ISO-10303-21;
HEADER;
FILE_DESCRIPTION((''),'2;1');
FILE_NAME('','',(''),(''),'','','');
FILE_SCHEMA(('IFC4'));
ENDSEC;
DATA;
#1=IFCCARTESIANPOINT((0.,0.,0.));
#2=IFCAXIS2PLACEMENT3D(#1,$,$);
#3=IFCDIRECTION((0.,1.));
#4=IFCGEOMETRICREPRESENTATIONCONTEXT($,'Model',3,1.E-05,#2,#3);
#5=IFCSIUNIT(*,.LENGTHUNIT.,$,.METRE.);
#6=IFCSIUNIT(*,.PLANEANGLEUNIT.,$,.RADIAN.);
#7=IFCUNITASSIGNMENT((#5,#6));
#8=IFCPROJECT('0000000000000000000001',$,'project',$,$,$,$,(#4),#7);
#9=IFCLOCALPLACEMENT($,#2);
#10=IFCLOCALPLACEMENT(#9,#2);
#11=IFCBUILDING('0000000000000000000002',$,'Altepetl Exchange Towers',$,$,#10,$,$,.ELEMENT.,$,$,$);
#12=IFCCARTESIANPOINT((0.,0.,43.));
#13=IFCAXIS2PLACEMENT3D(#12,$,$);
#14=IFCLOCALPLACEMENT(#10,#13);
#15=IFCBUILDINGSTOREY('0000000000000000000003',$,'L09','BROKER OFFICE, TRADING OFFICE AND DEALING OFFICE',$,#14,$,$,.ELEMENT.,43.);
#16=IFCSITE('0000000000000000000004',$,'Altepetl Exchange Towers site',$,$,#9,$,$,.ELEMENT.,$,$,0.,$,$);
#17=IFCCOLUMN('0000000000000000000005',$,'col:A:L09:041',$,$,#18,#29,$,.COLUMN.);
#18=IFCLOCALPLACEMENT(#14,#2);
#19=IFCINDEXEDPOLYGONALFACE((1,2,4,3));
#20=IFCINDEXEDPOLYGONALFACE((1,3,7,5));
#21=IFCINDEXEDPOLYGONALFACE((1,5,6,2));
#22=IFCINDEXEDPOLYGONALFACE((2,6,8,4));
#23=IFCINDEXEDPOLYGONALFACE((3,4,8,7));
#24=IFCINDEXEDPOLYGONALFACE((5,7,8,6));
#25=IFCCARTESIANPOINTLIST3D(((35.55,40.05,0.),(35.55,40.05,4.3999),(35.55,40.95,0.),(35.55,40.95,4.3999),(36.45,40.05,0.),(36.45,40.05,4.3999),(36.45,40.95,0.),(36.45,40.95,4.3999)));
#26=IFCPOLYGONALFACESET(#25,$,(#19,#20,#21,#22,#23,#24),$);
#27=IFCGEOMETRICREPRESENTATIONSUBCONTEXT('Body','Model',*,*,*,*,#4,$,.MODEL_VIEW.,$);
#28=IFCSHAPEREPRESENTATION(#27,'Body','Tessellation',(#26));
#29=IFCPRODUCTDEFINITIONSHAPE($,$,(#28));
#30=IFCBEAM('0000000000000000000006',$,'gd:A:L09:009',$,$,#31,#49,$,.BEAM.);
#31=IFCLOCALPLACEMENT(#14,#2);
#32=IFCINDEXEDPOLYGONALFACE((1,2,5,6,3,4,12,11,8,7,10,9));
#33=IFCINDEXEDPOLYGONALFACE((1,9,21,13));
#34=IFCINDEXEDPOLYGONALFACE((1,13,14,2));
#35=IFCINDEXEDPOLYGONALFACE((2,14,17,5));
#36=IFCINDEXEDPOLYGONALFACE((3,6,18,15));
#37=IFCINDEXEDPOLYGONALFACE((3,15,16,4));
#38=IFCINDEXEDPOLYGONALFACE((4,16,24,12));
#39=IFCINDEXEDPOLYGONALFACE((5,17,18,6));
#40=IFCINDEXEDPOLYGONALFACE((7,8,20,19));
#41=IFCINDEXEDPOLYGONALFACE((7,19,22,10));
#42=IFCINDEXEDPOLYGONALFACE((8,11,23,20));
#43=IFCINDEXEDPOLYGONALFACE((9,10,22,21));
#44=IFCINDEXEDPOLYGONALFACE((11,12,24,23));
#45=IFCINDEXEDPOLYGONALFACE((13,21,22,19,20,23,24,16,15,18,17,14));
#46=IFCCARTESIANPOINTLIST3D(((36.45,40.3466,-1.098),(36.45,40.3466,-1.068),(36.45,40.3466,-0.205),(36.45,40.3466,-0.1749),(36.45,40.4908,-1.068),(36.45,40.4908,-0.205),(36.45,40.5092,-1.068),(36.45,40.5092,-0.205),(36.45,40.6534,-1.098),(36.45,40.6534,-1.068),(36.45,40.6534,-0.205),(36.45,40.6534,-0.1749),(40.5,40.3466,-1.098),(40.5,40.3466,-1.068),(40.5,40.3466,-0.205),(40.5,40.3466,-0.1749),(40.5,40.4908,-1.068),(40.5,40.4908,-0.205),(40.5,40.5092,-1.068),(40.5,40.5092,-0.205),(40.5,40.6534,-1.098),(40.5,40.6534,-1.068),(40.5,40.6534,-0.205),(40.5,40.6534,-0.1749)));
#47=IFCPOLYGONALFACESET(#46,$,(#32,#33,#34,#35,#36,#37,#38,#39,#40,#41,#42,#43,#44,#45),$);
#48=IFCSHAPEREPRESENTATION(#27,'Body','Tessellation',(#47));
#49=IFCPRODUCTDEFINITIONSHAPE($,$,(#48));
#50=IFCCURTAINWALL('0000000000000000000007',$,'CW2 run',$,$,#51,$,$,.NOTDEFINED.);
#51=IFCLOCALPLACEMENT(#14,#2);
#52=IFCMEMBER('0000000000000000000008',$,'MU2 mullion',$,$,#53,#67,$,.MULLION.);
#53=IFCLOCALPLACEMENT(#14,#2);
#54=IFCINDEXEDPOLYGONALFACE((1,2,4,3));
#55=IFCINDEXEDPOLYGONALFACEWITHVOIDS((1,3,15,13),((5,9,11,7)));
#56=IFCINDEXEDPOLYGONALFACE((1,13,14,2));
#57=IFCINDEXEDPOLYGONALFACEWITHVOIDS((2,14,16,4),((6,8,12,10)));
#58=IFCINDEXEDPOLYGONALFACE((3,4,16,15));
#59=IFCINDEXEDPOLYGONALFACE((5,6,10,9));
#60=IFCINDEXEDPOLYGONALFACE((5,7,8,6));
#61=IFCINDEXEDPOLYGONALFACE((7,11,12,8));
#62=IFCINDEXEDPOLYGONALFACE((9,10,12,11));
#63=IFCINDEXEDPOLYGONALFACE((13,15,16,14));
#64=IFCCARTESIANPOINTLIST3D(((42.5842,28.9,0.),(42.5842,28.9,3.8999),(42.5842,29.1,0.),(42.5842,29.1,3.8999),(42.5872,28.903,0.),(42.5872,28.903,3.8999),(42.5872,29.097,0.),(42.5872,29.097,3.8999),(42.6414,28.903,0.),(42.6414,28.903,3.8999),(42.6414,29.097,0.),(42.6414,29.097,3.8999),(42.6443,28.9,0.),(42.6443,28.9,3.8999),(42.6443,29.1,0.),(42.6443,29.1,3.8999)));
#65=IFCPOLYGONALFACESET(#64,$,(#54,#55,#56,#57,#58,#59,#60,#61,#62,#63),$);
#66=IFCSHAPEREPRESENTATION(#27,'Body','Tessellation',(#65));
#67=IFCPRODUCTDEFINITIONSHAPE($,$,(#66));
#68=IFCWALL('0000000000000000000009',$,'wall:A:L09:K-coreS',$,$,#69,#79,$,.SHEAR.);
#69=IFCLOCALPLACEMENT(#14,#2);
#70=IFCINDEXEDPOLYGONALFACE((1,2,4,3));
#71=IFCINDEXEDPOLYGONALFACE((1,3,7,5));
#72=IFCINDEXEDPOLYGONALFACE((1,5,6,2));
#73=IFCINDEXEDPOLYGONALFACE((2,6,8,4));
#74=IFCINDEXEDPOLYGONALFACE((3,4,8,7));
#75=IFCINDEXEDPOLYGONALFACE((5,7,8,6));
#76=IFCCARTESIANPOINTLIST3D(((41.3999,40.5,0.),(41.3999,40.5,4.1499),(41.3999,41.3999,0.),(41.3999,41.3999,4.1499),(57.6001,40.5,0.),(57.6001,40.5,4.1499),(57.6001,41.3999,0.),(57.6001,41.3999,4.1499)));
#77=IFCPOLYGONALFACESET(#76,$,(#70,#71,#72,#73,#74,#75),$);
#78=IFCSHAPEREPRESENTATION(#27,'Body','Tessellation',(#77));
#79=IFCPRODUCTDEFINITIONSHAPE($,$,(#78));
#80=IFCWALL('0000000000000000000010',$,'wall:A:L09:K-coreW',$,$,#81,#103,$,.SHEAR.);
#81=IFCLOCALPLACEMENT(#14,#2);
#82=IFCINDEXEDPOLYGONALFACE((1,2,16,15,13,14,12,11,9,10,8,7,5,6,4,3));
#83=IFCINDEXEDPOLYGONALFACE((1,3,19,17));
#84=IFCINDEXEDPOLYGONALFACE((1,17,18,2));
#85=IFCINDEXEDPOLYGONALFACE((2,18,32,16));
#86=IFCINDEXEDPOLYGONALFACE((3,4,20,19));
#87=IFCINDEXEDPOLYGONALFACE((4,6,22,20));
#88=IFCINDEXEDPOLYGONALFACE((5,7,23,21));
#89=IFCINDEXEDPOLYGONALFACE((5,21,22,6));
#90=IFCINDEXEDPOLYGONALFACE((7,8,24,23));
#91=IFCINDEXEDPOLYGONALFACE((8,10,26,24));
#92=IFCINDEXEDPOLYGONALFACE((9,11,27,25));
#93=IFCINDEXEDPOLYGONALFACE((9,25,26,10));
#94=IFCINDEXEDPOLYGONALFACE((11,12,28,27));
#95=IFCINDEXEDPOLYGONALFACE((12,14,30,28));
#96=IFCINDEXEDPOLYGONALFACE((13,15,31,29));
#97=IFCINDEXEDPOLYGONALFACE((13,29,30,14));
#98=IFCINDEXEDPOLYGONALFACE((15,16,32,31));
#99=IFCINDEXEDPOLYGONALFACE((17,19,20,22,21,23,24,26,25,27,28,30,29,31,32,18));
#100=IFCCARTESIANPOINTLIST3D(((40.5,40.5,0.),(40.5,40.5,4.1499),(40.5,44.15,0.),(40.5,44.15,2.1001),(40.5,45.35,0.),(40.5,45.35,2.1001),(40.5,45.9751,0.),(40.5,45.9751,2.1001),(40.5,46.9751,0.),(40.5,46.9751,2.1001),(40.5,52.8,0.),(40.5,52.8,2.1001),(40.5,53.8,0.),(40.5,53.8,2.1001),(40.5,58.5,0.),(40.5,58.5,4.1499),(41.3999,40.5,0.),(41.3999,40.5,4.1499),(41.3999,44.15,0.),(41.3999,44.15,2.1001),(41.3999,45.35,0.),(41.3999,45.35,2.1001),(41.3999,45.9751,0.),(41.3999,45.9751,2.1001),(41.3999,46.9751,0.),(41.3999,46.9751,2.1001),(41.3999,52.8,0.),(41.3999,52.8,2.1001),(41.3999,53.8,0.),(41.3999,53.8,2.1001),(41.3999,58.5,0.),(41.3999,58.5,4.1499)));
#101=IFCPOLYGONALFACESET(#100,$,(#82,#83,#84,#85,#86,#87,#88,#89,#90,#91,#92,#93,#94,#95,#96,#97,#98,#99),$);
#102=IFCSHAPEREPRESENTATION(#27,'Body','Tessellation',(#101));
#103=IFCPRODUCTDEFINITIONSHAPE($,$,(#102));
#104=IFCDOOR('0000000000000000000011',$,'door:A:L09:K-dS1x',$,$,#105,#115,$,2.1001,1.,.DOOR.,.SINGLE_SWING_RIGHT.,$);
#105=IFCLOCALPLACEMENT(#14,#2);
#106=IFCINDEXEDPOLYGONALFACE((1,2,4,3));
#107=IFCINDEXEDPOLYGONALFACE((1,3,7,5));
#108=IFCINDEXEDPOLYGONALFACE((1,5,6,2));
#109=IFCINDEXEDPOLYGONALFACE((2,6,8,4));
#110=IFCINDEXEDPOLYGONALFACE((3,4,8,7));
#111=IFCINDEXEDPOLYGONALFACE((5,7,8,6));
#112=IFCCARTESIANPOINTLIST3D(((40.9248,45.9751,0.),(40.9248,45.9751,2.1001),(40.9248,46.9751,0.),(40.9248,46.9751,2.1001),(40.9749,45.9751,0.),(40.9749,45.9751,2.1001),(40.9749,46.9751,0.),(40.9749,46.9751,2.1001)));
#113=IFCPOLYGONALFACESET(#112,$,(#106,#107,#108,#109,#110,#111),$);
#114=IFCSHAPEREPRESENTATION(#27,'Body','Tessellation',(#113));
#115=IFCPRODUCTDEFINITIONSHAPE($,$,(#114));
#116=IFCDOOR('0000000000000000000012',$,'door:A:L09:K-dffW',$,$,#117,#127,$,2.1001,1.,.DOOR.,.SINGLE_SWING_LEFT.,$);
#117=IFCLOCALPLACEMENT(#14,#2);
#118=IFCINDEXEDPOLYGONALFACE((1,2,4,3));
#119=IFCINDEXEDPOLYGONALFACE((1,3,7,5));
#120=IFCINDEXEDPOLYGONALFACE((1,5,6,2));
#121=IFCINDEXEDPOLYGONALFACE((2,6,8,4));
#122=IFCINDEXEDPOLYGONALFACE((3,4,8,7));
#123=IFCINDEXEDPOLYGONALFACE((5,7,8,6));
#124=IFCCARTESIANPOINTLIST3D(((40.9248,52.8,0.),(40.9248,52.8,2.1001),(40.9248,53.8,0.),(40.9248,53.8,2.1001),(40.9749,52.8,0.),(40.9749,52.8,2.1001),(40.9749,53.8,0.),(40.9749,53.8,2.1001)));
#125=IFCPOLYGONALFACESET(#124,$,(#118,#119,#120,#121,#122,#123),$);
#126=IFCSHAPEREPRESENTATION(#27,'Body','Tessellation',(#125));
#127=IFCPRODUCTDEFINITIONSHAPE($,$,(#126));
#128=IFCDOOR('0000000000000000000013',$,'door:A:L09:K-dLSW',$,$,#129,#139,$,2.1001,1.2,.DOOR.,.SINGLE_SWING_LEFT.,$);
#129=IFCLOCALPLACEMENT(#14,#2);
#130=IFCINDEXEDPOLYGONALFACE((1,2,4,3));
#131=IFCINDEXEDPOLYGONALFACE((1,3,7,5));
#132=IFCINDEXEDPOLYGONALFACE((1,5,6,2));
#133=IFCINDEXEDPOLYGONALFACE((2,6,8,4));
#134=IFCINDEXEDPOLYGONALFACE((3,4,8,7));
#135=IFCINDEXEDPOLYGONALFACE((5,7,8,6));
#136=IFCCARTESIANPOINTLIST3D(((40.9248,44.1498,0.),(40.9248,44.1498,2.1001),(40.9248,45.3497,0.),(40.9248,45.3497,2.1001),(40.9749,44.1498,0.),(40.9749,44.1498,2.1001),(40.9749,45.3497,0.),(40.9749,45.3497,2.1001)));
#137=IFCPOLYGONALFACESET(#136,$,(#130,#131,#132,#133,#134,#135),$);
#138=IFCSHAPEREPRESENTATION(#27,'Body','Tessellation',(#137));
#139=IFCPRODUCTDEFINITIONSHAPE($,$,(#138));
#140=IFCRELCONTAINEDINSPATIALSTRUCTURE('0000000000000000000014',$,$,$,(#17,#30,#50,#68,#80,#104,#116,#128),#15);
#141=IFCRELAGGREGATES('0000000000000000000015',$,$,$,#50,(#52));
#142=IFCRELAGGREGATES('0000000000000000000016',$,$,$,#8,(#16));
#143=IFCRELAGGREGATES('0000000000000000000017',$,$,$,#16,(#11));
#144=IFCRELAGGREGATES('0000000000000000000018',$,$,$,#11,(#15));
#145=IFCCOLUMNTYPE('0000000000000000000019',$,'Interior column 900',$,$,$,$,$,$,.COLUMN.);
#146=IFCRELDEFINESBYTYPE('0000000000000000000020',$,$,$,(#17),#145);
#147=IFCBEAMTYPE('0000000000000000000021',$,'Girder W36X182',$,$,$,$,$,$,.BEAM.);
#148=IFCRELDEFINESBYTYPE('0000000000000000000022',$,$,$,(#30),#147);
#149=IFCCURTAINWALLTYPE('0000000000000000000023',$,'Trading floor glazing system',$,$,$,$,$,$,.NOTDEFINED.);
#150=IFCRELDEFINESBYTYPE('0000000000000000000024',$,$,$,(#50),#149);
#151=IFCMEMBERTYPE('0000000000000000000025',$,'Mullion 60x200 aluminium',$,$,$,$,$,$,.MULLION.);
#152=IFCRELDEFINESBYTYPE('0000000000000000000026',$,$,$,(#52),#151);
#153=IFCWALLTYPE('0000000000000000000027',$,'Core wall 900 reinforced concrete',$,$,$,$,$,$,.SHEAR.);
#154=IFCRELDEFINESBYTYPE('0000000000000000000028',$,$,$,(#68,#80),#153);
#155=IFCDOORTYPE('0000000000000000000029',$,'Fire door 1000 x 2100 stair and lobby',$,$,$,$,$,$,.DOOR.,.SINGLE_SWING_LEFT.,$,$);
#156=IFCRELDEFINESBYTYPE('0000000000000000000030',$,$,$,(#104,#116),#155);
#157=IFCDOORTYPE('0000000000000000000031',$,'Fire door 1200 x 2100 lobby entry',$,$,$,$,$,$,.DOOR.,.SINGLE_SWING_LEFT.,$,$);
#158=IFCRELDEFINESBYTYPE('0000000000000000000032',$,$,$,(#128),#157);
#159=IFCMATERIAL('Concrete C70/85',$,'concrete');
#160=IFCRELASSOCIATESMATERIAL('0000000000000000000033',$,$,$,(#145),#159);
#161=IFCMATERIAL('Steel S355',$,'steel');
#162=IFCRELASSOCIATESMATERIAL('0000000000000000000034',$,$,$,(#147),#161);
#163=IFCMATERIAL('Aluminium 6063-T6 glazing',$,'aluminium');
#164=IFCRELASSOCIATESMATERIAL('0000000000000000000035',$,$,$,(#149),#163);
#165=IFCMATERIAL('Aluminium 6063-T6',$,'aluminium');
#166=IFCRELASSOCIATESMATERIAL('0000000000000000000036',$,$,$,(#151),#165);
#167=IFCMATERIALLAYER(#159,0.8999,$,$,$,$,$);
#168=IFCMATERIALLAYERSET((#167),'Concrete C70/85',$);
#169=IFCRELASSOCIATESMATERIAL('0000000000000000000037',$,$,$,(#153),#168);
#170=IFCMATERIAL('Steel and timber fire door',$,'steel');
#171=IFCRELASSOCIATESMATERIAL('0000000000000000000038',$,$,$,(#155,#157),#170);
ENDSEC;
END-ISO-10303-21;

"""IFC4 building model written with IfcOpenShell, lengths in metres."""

from ifc_helpers import new_model, si_unit, direction, frame, frame_2d, origin, origin_2d, place, context, subcontext, project, spatial, rectangle, hollow_rectangle, i_section, extrude, material, layer, layer_set, material_profile, profile_set, type_object, element, fill, aggregate, save


model = new_model("IFC4")

# Units and contexts
model_context = context("Model", 3, precision=1e-05, world=origin(), true_north=direction((0.0, 1.0)))
body_context = subcontext(model_context, "Body", "Model", "MODEL_VIEW")
ifc_project = project(units=[si_unit("LENGTHUNIT", "METRE"), si_unit("PLANEANGLEUNIT", "RADIAN")], contexts=[model_context])

# Site, building, storey
site_placement = place(None, origin())
site = spatial("IfcSite", under=ifc_project, at=site_placement, Name="Altepetl Exchange Towers site", CompositionType="ELEMENT", RefElevation=0.0)
building_placement = place(site_placement, origin())
building = spatial("IfcBuilding", under=site, at=building_placement, Name="Altepetl Exchange Towers", CompositionType="ELEMENT")
storey_placement = place(building_placement, frame((0.0, 0.0, 43.0)))
storey = spatial("IfcBuildingStorey", under=building, at=storey_placement, Name="L09", Description="BROKER OFFICE, TRADING OFFICE AND DEALING OFFICE", CompositionType="ELEMENT", Elevation=43.0)

# Column
ifc_material_1 = material(Name="Concrete C70/85", Category="concrete")
ifc_material_profile_1 = material_profile(ifc_material_1, rectangle(XDim=0.8999, YDim=0.8999, at=origin_2d()), Name="900 x 900")
ifc_profile_set_1 = profile_set([ifc_material_profile_1], Name="Concrete C70/85")
column_type = type_object("IfcColumnType", Name="Interior column 900", PredefinedType="COLUMN", material=ifc_profile_set_1)
column_placement = place(storey_placement, frame((36.0, 40.5, 0.0)))
element("IfcColumn", 1, at=column_placement, inside=storey, type_object=column_type, Name="col:A:L09:041", PredefinedType="COLUMN", context=body_context, shape_type="SweptSolid", body=[
    extrude(rectangle(XDim=0.8999, YDim=0.8999, at=origin_2d()), origin(), (0.0, 0.0, 1.0), 4.3999),
])

# Beam
ifc_material_2 = material(Name="Steel S355", Category="steel")
ifc_material_profile_2 = material_profile(ifc_material_2, i_section(OverallWidth=0.3069, OverallDepth=0.9231, WebThickness=0.0183, FlangeThickness=0.03, at=origin_2d()), Name="W36X182")
ifc_profile_set_2 = profile_set([ifc_material_profile_2], Name="Steel S355")
beam_type = type_object("IfcBeamType", Name="Girder W36X182", PredefinedType="BEAM", material=ifc_profile_set_2)
beam_placement = place(storey_placement, frame((40.5, 40.5, -0.6365), z_axis=(-1.0, 0.0, 0.0), x_axis=(0.0, -1.0, 0.0)))
element("IfcBeam", 2, at=beam_placement, inside=storey, type_object=beam_type, Name="gd:A:L09:009", PredefinedType="BEAM", context=body_context, shape_type="SweptSolid", body=[
    extrude(i_section(OverallWidth=0.3069, OverallDepth=0.9231, WebThickness=0.0183, FlangeThickness=0.03, at=origin_2d()), origin(), (0.0, 0.0, 1.0), 4.05),
])

# Curtain wall, member
ifc_material_3 = material(Name="Aluminium 6063-T6 glazing", Category="aluminium")
curtain_wall_type = type_object("IfcCurtainWallType", Name="Trading floor glazing system", PredefinedType="NOTDEFINED", material=ifc_material_3)
curtain_wall_placement = place(storey_placement, origin())
curtain_wall = element("IfcCurtainWall", 3, at=curtain_wall_placement, inside=storey, type_object=curtain_wall_type, Name="CW2 run", PredefinedType="NOTDEFINED")
ifc_material_4 = material(Name="Aluminium 6063-T6", Category="aluminium")
ifc_material_profile_3 = material_profile(ifc_material_4, hollow_rectangle(XDim=0.0601, YDim=0.2, WallThickness=0.0029, at=origin_2d()), Name="Mullion 60x200 aluminium")
ifc_profile_set_3 = profile_set([ifc_material_profile_3], Name="Aluminium 6063-T6")
member_type = type_object("IfcMemberType", Name="Mullion 60x200 aluminium", PredefinedType="MULLION", material=ifc_profile_set_3)
member_placement = place(storey_placement, frame((42.6143, 29.0, 0.0)))
member = element("IfcMember", 4, at=member_placement, type_object=member_type, Name="MU2 mullion", PredefinedType="MULLION", context=body_context, shape_type="SweptSolid", body=[
    extrude(hollow_rectangle(XDim=0.0601, YDim=0.2, WallThickness=0.0029, at=origin_2d()), origin(), (0.0, 0.0, 1.0), 3.8999),
])
aggregate(curtain_wall, [member])

# Wall
ifc_layer_1 = layer(ifc_material_1, 0.8999)
ifc_layer_set_1 = layer_set([ifc_layer_1], Name="Concrete C70/85")
wall_type_1 = type_object("IfcWallType", Name="Core wall 900 reinforced concrete", PredefinedType="SHEAR", material=ifc_layer_set_1)
wall_1_placement = place(storey_placement, frame((41.3999, 40.95, 0.0)))
element("IfcWall", 5, at=wall_1_placement, inside=storey, type_object=wall_type_1, Name="wall:A:L09:K-coreS", PredefinedType="SHEAR", context=body_context, shape_type="SweptSolid", body=[
    extrude(rectangle(XDim=16.2002, YDim=0.8999, at=frame_2d((8.1001, 0.0))), origin(), (0.0, 0.0, 1.0), 4.1499),
])

# Wall, openings, doors
wall_2_placement = place(storey_placement, frame((40.95, 40.5, 0.0), z_axis=(0.0, 0.0, 1.0), x_axis=(0.0, 1.0, 0.0)))
wall_2 = element("IfcWall", 6, at=wall_2_placement, inside=storey, type_object=wall_type_1, Name="wall:A:L09:K-coreW", PredefinedType="SHEAR", context=body_context, shape_type="SweptSolid", body=[
    extrude(rectangle(XDim=18.0, YDim=0.8999, at=frame_2d((9.0, 0.0))), origin(), (0.0, 0.0, 1.0), 4.1499),
])
opening_1_placement = place(wall_2_placement, frame((3.6499, 0.0, 0.0)))
opening_1 = element("IfcOpeningElement", 7, at=opening_1_placement, cuts=wall_2, PredefinedType="OPENING", context=body_context, shape_type="SweptSolid", body=[
    extrude(rectangle(XDim=1.2, YDim=2.1001, at=frame_2d((0.6001, 1.05))), frame((0.0, 0.46, 0.0), z_axis=(0.0, -1.0, 0.0), x_axis=(1.0, 0.0, 0.0)), (0.0, 0.0, 1.0), 0.9199),
])
opening_2_placement = place(wall_2_placement, frame((5.4751, 0.0, 0.0)))
opening_2 = element("IfcOpeningElement", 8, at=opening_2_placement, cuts=wall_2, PredefinedType="OPENING", context=body_context, shape_type="SweptSolid", body=[
    extrude(rectangle(XDim=1.0, YDim=2.1001, at=frame_2d((0.5, 1.05))), frame((0.0, 0.46, 0.0), z_axis=(0.0, -1.0, 0.0), x_axis=(1.0, 0.0, 0.0)), (0.0, 0.0, 1.0), 0.9199),
])
opening_3_placement = place(wall_2_placement, frame((12.3, 0.0, 0.0)))
opening_3 = element("IfcOpeningElement", 9, at=opening_3_placement, cuts=wall_2, PredefinedType="OPENING", context=body_context, shape_type="SweptSolid", body=[
    extrude(rectangle(XDim=1.0, YDim=2.1001, at=frame_2d((0.5, 1.05))), frame((0.0, 0.46, 0.0), z_axis=(0.0, -1.0, 0.0), x_axis=(1.0, 0.0, 0.0)), (0.0, 0.0, 1.0), 0.9199),
])
ifc_material_5 = material(Name="Steel and timber fire door", Category="steel")
door_type_1 = type_object("IfcDoorType", Name="Fire door 1000 x 2100 stair and lobby", OperationType="SINGLE_SWING_LEFT", PredefinedType="DOOR", material=ifc_material_5)
door_1_placement = place(opening_2_placement, frame((1.0, 0.0, 0.0), x_axis=(-1.0, 0.0, 0.0)))
door_1 = element("IfcDoor", 10, at=door_1_placement, inside=storey, type_object=door_type_1, Name="door:A:L09:K-dS1x", OperationType="SINGLE_SWING_RIGHT", OverallHeight=2.1001, OverallWidth=1.0, PredefinedType="DOOR", context=body_context, shape_type="SweptSolid", body=[
    extrude(rectangle(XDim=1.0, YDim=2.1001, at=frame_2d((0.5, 1.05))), frame((0.0, 0.0249, 0.0), z_axis=(0.0, -1.0, 0.0), x_axis=(1.0, 0.0, 0.0)), (0.0, 0.0, 1.0), 0.05),
])
fill(opening_2, door_1)
door_2_placement = place(opening_3_placement, frame((1.0, 0.0, 0.0), x_axis=(-1.0, 0.0, 0.0)))
door_2 = element("IfcDoor", 11, at=door_2_placement, inside=storey, type_object=door_type_1, Name="door:A:L09:K-dffW", OperationType="SINGLE_SWING_LEFT", OverallHeight=2.1001, OverallWidth=1.0, PredefinedType="DOOR", context=body_context, shape_type="SweptSolid", body=[
    extrude(rectangle(XDim=1.0, YDim=2.1001, at=frame_2d((0.5, 1.05))), frame((0.0, 0.0249, 0.0), z_axis=(0.0, -1.0, 0.0), x_axis=(1.0, 0.0, 0.0)), (0.0, 0.0, 1.0), 0.05),
])
fill(opening_3, door_2)
door_type_2 = type_object("IfcDoorType", Name="Fire door 1200 x 2100 lobby entry", OperationType="SINGLE_SWING_LEFT", PredefinedType="DOOR", material=ifc_material_5)
door_3_placement = place(opening_1_placement, frame((1.2, 0.0, 0.0), x_axis=(-1.0, 0.0, 0.0)))
door_3 = element("IfcDoor", 12, at=door_3_placement, inside=storey, type_object=door_type_2, Name="door:A:L09:K-dLSW", OperationType="SINGLE_SWING_LEFT", OverallHeight=2.1001, OverallWidth=1.2, PredefinedType="DOOR", context=body_context, shape_type="SweptSolid", body=[
    extrude(rectangle(XDim=1.2, YDim=2.1001, at=frame_2d((0.6001, 1.05))), frame((0.0, 0.0249, 0.0), z_axis=(0.0, -1.0, 0.0), x_axis=(1.0, 0.0, 0.0)), (0.0, 0.0, 1.0), 0.05),
])
fill(opening_1, door_3)

save(model, "model.ifc")
